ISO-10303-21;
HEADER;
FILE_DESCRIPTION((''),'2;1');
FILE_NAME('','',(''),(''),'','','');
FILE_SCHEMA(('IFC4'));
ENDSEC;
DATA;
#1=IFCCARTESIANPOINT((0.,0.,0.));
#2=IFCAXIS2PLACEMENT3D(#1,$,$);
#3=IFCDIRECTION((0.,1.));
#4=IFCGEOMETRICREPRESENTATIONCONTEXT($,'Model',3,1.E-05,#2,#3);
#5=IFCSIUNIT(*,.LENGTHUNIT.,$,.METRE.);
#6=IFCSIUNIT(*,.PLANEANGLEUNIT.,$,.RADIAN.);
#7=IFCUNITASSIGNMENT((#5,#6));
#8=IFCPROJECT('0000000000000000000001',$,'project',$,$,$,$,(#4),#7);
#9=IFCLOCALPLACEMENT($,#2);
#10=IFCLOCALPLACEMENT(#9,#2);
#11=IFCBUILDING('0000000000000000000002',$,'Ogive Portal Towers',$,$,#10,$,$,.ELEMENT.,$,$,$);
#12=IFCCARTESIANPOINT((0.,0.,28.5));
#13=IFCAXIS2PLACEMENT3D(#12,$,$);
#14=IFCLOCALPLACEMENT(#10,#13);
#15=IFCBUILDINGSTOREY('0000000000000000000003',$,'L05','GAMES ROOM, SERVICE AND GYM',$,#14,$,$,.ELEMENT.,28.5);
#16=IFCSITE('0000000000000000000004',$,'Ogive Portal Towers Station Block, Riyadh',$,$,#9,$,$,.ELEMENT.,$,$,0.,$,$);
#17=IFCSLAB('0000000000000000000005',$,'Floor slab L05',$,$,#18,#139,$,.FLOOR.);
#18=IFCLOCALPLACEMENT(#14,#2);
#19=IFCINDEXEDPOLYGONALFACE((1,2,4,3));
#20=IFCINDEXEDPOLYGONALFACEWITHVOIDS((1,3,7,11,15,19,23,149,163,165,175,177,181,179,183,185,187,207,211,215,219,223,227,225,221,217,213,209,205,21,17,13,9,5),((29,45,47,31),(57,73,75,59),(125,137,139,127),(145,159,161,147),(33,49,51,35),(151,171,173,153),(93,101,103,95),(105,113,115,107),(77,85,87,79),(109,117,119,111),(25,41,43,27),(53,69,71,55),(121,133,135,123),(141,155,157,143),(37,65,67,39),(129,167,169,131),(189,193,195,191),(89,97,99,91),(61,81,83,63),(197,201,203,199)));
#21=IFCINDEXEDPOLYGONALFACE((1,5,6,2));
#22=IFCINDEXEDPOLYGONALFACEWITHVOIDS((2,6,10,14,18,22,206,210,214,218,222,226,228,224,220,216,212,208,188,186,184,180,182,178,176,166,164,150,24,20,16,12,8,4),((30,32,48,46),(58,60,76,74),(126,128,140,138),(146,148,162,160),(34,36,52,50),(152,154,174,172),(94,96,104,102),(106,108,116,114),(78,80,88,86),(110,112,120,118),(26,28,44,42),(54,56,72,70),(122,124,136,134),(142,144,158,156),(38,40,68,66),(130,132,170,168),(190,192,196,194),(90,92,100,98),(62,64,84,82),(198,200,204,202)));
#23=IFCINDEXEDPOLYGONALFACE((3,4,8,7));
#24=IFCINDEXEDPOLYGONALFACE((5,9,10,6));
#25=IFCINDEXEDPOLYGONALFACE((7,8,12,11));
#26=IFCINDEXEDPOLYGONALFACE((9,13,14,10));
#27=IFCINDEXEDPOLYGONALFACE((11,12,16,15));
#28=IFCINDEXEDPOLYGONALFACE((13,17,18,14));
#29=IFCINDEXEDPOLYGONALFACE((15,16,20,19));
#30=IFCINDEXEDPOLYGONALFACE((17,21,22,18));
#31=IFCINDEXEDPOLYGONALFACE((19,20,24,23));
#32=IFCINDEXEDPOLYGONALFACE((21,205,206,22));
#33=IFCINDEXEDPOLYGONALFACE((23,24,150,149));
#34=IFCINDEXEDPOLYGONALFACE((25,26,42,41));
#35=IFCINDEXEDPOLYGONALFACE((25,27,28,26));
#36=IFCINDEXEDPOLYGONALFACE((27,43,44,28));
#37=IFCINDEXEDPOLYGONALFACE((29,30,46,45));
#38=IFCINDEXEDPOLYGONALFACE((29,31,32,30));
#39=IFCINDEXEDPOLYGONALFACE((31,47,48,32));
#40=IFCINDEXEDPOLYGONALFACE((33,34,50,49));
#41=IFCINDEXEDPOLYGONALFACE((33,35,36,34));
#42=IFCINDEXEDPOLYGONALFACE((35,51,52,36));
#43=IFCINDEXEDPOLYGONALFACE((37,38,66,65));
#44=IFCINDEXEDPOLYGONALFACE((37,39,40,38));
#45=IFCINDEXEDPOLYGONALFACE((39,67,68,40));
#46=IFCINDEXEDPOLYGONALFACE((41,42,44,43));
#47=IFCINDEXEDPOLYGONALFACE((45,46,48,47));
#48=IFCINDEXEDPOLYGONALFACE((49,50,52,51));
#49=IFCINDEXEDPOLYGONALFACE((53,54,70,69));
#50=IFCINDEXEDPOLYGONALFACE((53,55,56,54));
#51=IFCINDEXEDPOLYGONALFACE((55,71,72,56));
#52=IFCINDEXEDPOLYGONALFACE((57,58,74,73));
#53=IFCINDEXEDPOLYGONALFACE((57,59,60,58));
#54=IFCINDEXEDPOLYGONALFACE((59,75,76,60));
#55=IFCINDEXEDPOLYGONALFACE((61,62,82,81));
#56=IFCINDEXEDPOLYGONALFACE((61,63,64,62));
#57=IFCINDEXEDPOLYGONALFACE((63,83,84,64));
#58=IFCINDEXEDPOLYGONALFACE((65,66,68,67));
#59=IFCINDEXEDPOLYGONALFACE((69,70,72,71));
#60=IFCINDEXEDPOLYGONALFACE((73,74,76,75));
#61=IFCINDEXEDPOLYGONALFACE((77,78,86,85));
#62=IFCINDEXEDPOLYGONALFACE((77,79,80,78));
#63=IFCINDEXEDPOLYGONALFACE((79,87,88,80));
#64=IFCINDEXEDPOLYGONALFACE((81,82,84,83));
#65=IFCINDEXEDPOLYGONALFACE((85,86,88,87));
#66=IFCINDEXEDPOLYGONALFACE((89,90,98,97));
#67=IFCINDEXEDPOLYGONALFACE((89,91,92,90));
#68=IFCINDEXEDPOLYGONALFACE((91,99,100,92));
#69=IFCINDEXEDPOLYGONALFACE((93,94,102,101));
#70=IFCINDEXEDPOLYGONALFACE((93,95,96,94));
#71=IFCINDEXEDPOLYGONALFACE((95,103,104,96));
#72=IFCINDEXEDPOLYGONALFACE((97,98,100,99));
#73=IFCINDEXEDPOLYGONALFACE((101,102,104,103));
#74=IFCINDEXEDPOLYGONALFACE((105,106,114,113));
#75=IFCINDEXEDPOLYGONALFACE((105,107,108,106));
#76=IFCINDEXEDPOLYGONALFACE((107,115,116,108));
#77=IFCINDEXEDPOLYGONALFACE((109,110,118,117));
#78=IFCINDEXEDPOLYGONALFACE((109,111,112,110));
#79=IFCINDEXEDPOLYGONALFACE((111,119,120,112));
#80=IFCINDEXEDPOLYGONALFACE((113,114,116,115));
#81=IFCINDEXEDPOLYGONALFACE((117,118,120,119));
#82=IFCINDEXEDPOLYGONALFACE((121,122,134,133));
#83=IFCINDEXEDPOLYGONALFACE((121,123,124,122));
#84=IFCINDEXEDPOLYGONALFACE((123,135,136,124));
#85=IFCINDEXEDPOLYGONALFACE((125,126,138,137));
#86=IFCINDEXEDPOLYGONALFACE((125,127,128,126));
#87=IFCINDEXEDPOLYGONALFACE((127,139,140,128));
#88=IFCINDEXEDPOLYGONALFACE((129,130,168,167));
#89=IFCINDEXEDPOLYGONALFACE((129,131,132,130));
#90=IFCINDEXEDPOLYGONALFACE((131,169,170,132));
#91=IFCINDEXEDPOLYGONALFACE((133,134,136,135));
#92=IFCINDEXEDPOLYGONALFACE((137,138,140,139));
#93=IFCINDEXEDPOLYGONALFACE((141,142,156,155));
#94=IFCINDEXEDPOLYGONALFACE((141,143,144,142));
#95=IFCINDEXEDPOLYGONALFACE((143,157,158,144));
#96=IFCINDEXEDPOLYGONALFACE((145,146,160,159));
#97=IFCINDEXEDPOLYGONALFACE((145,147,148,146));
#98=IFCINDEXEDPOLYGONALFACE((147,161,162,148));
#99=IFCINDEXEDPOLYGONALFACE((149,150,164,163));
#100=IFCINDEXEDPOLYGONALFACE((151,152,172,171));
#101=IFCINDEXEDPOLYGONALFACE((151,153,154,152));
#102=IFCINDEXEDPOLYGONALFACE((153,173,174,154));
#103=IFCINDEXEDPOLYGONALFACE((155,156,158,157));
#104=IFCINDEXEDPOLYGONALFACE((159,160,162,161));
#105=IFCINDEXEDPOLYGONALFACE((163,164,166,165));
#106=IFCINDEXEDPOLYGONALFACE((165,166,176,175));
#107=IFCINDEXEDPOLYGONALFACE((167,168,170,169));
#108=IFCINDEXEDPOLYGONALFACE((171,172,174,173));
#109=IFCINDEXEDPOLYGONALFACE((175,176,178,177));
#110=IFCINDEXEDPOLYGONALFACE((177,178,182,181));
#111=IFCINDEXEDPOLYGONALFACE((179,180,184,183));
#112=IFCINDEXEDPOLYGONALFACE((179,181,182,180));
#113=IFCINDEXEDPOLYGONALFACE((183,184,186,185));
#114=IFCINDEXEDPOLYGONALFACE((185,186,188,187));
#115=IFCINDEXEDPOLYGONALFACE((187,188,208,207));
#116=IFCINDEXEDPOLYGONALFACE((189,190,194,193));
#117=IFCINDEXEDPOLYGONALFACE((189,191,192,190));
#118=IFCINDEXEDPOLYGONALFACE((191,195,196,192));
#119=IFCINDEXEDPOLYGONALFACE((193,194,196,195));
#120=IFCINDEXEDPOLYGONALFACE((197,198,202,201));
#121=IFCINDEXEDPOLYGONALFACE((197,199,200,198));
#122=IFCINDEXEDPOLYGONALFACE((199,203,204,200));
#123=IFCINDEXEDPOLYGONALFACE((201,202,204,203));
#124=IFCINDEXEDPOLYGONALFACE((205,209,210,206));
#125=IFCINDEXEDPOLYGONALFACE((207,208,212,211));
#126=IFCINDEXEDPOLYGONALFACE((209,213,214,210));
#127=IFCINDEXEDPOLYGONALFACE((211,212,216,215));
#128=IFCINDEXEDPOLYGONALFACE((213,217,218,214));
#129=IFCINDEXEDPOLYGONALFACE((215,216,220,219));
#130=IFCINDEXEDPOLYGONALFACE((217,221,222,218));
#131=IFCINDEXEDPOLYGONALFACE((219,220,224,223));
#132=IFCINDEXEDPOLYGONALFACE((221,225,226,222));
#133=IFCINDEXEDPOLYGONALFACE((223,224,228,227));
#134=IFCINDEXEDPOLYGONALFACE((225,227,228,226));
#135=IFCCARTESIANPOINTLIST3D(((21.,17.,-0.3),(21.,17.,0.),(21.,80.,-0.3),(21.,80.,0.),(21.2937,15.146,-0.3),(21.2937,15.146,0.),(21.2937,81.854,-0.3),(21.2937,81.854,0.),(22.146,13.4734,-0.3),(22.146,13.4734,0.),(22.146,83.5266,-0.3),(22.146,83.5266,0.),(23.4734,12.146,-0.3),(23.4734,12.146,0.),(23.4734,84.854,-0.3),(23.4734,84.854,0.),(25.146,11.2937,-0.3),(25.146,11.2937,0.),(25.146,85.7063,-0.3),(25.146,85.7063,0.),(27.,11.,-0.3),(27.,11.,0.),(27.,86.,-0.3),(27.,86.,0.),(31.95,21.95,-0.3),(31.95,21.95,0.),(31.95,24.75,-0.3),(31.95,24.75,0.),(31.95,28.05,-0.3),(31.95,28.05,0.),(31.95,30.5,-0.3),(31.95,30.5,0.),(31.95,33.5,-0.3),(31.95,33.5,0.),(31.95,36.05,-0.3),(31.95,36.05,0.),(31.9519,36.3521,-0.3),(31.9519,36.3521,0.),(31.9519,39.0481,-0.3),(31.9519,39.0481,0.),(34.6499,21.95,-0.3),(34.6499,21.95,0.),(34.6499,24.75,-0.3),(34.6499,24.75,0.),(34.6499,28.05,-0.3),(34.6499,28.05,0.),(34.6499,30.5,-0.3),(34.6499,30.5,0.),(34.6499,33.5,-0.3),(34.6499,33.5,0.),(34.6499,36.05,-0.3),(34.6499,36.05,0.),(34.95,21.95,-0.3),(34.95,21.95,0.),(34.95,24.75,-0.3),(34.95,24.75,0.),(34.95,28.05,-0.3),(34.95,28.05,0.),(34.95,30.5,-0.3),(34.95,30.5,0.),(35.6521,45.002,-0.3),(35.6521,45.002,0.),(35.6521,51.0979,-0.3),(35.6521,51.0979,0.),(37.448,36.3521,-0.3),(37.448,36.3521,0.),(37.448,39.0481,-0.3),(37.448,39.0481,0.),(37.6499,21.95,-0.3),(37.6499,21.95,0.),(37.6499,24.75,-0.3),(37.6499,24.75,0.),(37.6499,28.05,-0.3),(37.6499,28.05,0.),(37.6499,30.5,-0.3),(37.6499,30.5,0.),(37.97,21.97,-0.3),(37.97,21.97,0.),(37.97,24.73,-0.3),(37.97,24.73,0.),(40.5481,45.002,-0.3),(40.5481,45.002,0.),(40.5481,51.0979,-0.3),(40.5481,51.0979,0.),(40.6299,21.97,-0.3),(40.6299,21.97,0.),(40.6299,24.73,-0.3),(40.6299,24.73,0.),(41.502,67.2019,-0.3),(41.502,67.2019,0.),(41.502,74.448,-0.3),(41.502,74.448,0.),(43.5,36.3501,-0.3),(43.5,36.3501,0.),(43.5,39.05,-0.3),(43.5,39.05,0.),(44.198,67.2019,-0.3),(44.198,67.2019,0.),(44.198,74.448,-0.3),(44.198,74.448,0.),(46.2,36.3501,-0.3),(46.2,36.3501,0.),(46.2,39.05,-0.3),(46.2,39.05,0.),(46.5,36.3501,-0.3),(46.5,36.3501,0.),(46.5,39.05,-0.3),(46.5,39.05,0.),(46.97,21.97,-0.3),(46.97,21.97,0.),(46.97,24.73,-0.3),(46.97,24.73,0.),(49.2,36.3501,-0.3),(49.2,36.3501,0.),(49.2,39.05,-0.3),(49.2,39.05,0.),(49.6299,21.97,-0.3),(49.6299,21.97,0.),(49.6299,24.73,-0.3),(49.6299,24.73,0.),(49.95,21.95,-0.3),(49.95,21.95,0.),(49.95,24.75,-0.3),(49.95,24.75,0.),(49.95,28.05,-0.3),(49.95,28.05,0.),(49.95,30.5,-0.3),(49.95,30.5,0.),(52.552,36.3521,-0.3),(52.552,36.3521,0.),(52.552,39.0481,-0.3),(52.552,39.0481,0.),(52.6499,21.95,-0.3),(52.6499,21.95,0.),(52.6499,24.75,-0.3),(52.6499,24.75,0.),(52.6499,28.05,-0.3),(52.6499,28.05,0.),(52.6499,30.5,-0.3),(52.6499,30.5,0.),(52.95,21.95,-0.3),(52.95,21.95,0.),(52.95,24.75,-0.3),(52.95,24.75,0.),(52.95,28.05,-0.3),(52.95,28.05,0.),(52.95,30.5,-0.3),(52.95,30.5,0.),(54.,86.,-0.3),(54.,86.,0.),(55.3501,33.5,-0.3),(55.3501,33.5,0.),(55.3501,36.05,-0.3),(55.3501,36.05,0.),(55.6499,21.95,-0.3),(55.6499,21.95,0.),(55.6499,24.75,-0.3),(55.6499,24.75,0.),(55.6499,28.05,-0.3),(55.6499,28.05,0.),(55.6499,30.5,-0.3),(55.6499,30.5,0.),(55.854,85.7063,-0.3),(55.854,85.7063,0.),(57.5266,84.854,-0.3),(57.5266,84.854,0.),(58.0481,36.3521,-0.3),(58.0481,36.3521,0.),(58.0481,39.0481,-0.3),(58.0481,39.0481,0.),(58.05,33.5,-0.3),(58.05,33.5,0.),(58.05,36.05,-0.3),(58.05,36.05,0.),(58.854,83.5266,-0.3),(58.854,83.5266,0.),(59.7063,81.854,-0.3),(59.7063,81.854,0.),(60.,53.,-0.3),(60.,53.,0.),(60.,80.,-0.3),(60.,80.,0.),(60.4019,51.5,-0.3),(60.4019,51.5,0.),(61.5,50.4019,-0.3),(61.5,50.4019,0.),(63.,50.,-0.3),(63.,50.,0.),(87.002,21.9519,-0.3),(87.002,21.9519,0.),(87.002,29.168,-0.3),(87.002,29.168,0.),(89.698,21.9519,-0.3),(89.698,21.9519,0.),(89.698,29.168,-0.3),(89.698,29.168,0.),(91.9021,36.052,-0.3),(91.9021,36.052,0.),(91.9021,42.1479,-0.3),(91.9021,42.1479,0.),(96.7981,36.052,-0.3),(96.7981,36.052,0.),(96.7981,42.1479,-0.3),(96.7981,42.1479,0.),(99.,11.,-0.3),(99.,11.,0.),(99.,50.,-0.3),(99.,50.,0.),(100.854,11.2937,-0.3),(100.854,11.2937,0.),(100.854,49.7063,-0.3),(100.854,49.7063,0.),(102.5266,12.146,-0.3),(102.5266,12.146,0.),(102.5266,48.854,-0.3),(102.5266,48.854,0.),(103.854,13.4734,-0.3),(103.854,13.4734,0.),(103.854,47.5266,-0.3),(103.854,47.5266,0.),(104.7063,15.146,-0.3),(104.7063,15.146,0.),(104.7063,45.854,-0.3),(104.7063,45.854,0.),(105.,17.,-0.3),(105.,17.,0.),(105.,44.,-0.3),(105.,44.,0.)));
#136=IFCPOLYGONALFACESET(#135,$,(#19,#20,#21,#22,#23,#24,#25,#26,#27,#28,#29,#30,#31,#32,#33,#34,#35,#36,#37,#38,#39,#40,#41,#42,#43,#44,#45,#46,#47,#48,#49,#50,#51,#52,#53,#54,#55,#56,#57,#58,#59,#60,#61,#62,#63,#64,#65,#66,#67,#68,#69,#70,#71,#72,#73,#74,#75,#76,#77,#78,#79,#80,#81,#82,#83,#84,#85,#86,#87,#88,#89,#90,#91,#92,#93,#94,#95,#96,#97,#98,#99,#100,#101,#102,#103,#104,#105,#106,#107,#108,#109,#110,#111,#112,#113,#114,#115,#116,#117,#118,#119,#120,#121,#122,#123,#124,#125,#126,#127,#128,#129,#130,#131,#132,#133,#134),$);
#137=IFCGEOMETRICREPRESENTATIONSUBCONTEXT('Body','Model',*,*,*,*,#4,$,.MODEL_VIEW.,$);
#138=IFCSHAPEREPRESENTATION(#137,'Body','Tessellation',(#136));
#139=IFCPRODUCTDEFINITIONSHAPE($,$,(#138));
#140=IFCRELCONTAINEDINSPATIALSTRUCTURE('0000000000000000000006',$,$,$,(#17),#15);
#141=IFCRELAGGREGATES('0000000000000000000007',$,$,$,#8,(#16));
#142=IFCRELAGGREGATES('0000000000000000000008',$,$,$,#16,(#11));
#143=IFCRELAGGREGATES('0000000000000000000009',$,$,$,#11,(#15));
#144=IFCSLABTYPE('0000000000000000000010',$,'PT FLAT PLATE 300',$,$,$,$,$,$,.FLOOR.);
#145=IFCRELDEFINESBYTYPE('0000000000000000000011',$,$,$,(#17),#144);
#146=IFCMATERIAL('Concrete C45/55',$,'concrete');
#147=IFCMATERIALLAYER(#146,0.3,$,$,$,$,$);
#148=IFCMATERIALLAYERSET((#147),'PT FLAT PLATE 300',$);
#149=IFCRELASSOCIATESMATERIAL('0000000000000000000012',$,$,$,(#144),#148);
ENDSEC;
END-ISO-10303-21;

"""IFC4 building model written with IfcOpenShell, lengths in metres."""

from ifc_helpers import new_model, si_unit, direction, frame, origin, place, context, subcontext, project, spatial, polyline, outline, extrude, material, layer, layer_set, type_object, element, save


model = new_model("IFC4")

# Units and contexts
model_context = context("Model", 3, precision=1e-05, world=origin(), true_north=direction((0.0, 1.0)))
body_context = subcontext(model_context, "Body", "Model", "MODEL_VIEW")
ifc_project = project(units=[si_unit("LENGTHUNIT", "METRE"), si_unit("PLANEANGLEUNIT", "RADIAN")], contexts=[model_context])

# Site, building, storey
site_placement = place(None, origin())
site = spatial("IfcSite", under=ifc_project, at=site_placement, Name="Ogive Portal Towers Station Block, Riyadh", CompositionType="ELEMENT", RefElevation=0.0)
building_placement = place(site_placement, origin())
building = spatial("IfcBuilding", under=site, at=building_placement, Name="Ogive Portal Towers", CompositionType="ELEMENT")
storey_placement = place(building_placement, frame((0.0, 0.0, 28.5)))
storey = spatial("IfcBuildingStorey", under=building, at=storey_placement, Name="L05", Description="GAMES ROOM, SERVICE AND GYM", CompositionType="ELEMENT", Elevation=28.5)

# Slab
ifc_material_1 = material(Name="Concrete C45/55", Category="concrete")
ifc_layer_1 = layer(ifc_material_1, 0.3)
ifc_layer_set_1 = layer_set([ifc_layer_1], Name="PT FLAT PLATE 300")
slab_type_1 = type_object("IfcSlabType", Name="PT FLAT PLATE 300", PredefinedType="FLOOR", material=ifc_layer_set_1)
slab_1_placement = place(storey_placement, frame((0.0, 0.0, -0.3)))
element("IfcSlab", 1, at=slab_1_placement, inside=storey, type_object=slab_type_1, Name="Floor slab L05", PredefinedType="FLOOR", context=body_context, shape_type="SweptSolid", body=[
    extrude(outline(polyline([(21.0, 80.0), (21.0, 17.0), (21.2937, 15.146), (22.146, 13.4734), (23.4734, 12.146), (25.146, 11.2937), (27.0, 11.0), (99.0, 11.0), (100.854, 11.2937), (102.5266, 12.146), (103.854, 13.4734), (104.7063, 15.146), (105.0, 17.0), (105.0, 44.0), (104.7063, 45.854), (103.854, 47.5266), (102.5266, 48.854), (100.854, 49.7063), (99.0, 50.0), (63.0, 50.0), (61.5, 50.4019), (60.4019, 51.5), (60.0, 53.0), (60.0, 80.0), (59.7063, 81.854), (58.854, 83.5266), (57.5266, 84.854), (55.854, 85.7063), (54.0, 86.0), (27.0, 86.0), (25.146, 85.7063), (23.4734, 84.854), (22.146, 83.5266), (21.2937, 81.854), (21.0, 80.0)]), holes=[polyline([(34.6499, 24.75), (34.6499, 21.95), (31.95, 21.95), (31.95, 24.75), (34.6499, 24.75)]), polyline([(37.6499, 24.75), (37.6499, 21.95), (34.95, 21.95), (34.95, 24.75), (37.6499, 24.75)]), polyline([(40.6299, 21.97), (37.97, 21.97), (37.97, 24.73), (40.6299, 24.73), (40.6299, 21.97)]), polyline([(34.6499, 28.05), (31.95, 28.05), (31.95, 30.5), (34.6499, 30.5), (34.6499, 28.05)]), polyline([(37.6499, 28.05), (34.95, 28.05), (34.95, 30.5), (37.6499, 30.5), (37.6499, 28.05)]), polyline([(34.6499, 36.05), (34.6499, 33.5), (31.95, 33.5), (31.95, 36.05), (34.6499, 36.05)]), polyline([(37.448, 39.0481), (37.448, 36.3521), (31.9519, 36.3521), (31.9519, 39.0481), (37.448, 39.0481)]), polyline([(46.2, 36.3501), (43.5, 36.3501), (43.5, 39.05), (46.2, 39.05), (46.2, 36.3501)]), polyline([(49.2, 39.05), (49.2, 36.3501), (46.5, 36.3501), (46.5, 39.05), (49.2, 39.05)]), polyline([(40.5481, 45.002), (35.6521, 45.002), (35.6521, 51.0979), (40.5481, 51.0979), (40.5481, 45.002)]), polyline([(44.198, 67.2019), (41.502, 67.2019), (41.502, 74.448), (44.198, 74.448), (44.198, 67.2019)]), polyline([(49.6299, 21.97), (46.97, 21.97), (46.97, 24.73), (49.6299, 24.73), (49.6299, 21.97)]), polyline([(52.6499, 24.75), (52.6499, 21.95), (49.95, 21.95), (49.95, 24.75), (52.6499, 24.75)]), polyline([(55.6499, 21.95), (52.95, 21.95), (52.95, 24.75), (55.6499, 24.75), (55.6499, 21.95)]), polyline([(87.002, 29.168), (89.698, 29.168), (89.698, 21.9519), (87.002, 21.9519), (87.002, 29.168)]), polyline([(52.6499, 30.5), (52.6499, 28.05), (49.95, 28.05), (49.95, 30.5), (52.6499, 30.5)]), polyline([(55.6499, 28.05), (52.95, 28.05), (52.95, 30.5), (55.6499, 30.5), (55.6499, 28.05)]), polyline([(58.05, 36.05), (58.05, 33.5), (55.3501, 33.5), (55.3501, 36.05), (58.05, 36.05)]), polyline([(52.552, 36.3521), (52.552, 39.0481), (58.0481, 39.0481), (58.0481, 36.3521), (52.552, 36.3521)]), polyline([(96.7981, 36.052), (91.9021, 36.052), (91.9021, 42.1479), (96.7981, 42.1479), (96.7981, 36.052)])]), origin(), (0.0, 0.0, 1.0), 0.3),
])

save(model, "model.ifc")
